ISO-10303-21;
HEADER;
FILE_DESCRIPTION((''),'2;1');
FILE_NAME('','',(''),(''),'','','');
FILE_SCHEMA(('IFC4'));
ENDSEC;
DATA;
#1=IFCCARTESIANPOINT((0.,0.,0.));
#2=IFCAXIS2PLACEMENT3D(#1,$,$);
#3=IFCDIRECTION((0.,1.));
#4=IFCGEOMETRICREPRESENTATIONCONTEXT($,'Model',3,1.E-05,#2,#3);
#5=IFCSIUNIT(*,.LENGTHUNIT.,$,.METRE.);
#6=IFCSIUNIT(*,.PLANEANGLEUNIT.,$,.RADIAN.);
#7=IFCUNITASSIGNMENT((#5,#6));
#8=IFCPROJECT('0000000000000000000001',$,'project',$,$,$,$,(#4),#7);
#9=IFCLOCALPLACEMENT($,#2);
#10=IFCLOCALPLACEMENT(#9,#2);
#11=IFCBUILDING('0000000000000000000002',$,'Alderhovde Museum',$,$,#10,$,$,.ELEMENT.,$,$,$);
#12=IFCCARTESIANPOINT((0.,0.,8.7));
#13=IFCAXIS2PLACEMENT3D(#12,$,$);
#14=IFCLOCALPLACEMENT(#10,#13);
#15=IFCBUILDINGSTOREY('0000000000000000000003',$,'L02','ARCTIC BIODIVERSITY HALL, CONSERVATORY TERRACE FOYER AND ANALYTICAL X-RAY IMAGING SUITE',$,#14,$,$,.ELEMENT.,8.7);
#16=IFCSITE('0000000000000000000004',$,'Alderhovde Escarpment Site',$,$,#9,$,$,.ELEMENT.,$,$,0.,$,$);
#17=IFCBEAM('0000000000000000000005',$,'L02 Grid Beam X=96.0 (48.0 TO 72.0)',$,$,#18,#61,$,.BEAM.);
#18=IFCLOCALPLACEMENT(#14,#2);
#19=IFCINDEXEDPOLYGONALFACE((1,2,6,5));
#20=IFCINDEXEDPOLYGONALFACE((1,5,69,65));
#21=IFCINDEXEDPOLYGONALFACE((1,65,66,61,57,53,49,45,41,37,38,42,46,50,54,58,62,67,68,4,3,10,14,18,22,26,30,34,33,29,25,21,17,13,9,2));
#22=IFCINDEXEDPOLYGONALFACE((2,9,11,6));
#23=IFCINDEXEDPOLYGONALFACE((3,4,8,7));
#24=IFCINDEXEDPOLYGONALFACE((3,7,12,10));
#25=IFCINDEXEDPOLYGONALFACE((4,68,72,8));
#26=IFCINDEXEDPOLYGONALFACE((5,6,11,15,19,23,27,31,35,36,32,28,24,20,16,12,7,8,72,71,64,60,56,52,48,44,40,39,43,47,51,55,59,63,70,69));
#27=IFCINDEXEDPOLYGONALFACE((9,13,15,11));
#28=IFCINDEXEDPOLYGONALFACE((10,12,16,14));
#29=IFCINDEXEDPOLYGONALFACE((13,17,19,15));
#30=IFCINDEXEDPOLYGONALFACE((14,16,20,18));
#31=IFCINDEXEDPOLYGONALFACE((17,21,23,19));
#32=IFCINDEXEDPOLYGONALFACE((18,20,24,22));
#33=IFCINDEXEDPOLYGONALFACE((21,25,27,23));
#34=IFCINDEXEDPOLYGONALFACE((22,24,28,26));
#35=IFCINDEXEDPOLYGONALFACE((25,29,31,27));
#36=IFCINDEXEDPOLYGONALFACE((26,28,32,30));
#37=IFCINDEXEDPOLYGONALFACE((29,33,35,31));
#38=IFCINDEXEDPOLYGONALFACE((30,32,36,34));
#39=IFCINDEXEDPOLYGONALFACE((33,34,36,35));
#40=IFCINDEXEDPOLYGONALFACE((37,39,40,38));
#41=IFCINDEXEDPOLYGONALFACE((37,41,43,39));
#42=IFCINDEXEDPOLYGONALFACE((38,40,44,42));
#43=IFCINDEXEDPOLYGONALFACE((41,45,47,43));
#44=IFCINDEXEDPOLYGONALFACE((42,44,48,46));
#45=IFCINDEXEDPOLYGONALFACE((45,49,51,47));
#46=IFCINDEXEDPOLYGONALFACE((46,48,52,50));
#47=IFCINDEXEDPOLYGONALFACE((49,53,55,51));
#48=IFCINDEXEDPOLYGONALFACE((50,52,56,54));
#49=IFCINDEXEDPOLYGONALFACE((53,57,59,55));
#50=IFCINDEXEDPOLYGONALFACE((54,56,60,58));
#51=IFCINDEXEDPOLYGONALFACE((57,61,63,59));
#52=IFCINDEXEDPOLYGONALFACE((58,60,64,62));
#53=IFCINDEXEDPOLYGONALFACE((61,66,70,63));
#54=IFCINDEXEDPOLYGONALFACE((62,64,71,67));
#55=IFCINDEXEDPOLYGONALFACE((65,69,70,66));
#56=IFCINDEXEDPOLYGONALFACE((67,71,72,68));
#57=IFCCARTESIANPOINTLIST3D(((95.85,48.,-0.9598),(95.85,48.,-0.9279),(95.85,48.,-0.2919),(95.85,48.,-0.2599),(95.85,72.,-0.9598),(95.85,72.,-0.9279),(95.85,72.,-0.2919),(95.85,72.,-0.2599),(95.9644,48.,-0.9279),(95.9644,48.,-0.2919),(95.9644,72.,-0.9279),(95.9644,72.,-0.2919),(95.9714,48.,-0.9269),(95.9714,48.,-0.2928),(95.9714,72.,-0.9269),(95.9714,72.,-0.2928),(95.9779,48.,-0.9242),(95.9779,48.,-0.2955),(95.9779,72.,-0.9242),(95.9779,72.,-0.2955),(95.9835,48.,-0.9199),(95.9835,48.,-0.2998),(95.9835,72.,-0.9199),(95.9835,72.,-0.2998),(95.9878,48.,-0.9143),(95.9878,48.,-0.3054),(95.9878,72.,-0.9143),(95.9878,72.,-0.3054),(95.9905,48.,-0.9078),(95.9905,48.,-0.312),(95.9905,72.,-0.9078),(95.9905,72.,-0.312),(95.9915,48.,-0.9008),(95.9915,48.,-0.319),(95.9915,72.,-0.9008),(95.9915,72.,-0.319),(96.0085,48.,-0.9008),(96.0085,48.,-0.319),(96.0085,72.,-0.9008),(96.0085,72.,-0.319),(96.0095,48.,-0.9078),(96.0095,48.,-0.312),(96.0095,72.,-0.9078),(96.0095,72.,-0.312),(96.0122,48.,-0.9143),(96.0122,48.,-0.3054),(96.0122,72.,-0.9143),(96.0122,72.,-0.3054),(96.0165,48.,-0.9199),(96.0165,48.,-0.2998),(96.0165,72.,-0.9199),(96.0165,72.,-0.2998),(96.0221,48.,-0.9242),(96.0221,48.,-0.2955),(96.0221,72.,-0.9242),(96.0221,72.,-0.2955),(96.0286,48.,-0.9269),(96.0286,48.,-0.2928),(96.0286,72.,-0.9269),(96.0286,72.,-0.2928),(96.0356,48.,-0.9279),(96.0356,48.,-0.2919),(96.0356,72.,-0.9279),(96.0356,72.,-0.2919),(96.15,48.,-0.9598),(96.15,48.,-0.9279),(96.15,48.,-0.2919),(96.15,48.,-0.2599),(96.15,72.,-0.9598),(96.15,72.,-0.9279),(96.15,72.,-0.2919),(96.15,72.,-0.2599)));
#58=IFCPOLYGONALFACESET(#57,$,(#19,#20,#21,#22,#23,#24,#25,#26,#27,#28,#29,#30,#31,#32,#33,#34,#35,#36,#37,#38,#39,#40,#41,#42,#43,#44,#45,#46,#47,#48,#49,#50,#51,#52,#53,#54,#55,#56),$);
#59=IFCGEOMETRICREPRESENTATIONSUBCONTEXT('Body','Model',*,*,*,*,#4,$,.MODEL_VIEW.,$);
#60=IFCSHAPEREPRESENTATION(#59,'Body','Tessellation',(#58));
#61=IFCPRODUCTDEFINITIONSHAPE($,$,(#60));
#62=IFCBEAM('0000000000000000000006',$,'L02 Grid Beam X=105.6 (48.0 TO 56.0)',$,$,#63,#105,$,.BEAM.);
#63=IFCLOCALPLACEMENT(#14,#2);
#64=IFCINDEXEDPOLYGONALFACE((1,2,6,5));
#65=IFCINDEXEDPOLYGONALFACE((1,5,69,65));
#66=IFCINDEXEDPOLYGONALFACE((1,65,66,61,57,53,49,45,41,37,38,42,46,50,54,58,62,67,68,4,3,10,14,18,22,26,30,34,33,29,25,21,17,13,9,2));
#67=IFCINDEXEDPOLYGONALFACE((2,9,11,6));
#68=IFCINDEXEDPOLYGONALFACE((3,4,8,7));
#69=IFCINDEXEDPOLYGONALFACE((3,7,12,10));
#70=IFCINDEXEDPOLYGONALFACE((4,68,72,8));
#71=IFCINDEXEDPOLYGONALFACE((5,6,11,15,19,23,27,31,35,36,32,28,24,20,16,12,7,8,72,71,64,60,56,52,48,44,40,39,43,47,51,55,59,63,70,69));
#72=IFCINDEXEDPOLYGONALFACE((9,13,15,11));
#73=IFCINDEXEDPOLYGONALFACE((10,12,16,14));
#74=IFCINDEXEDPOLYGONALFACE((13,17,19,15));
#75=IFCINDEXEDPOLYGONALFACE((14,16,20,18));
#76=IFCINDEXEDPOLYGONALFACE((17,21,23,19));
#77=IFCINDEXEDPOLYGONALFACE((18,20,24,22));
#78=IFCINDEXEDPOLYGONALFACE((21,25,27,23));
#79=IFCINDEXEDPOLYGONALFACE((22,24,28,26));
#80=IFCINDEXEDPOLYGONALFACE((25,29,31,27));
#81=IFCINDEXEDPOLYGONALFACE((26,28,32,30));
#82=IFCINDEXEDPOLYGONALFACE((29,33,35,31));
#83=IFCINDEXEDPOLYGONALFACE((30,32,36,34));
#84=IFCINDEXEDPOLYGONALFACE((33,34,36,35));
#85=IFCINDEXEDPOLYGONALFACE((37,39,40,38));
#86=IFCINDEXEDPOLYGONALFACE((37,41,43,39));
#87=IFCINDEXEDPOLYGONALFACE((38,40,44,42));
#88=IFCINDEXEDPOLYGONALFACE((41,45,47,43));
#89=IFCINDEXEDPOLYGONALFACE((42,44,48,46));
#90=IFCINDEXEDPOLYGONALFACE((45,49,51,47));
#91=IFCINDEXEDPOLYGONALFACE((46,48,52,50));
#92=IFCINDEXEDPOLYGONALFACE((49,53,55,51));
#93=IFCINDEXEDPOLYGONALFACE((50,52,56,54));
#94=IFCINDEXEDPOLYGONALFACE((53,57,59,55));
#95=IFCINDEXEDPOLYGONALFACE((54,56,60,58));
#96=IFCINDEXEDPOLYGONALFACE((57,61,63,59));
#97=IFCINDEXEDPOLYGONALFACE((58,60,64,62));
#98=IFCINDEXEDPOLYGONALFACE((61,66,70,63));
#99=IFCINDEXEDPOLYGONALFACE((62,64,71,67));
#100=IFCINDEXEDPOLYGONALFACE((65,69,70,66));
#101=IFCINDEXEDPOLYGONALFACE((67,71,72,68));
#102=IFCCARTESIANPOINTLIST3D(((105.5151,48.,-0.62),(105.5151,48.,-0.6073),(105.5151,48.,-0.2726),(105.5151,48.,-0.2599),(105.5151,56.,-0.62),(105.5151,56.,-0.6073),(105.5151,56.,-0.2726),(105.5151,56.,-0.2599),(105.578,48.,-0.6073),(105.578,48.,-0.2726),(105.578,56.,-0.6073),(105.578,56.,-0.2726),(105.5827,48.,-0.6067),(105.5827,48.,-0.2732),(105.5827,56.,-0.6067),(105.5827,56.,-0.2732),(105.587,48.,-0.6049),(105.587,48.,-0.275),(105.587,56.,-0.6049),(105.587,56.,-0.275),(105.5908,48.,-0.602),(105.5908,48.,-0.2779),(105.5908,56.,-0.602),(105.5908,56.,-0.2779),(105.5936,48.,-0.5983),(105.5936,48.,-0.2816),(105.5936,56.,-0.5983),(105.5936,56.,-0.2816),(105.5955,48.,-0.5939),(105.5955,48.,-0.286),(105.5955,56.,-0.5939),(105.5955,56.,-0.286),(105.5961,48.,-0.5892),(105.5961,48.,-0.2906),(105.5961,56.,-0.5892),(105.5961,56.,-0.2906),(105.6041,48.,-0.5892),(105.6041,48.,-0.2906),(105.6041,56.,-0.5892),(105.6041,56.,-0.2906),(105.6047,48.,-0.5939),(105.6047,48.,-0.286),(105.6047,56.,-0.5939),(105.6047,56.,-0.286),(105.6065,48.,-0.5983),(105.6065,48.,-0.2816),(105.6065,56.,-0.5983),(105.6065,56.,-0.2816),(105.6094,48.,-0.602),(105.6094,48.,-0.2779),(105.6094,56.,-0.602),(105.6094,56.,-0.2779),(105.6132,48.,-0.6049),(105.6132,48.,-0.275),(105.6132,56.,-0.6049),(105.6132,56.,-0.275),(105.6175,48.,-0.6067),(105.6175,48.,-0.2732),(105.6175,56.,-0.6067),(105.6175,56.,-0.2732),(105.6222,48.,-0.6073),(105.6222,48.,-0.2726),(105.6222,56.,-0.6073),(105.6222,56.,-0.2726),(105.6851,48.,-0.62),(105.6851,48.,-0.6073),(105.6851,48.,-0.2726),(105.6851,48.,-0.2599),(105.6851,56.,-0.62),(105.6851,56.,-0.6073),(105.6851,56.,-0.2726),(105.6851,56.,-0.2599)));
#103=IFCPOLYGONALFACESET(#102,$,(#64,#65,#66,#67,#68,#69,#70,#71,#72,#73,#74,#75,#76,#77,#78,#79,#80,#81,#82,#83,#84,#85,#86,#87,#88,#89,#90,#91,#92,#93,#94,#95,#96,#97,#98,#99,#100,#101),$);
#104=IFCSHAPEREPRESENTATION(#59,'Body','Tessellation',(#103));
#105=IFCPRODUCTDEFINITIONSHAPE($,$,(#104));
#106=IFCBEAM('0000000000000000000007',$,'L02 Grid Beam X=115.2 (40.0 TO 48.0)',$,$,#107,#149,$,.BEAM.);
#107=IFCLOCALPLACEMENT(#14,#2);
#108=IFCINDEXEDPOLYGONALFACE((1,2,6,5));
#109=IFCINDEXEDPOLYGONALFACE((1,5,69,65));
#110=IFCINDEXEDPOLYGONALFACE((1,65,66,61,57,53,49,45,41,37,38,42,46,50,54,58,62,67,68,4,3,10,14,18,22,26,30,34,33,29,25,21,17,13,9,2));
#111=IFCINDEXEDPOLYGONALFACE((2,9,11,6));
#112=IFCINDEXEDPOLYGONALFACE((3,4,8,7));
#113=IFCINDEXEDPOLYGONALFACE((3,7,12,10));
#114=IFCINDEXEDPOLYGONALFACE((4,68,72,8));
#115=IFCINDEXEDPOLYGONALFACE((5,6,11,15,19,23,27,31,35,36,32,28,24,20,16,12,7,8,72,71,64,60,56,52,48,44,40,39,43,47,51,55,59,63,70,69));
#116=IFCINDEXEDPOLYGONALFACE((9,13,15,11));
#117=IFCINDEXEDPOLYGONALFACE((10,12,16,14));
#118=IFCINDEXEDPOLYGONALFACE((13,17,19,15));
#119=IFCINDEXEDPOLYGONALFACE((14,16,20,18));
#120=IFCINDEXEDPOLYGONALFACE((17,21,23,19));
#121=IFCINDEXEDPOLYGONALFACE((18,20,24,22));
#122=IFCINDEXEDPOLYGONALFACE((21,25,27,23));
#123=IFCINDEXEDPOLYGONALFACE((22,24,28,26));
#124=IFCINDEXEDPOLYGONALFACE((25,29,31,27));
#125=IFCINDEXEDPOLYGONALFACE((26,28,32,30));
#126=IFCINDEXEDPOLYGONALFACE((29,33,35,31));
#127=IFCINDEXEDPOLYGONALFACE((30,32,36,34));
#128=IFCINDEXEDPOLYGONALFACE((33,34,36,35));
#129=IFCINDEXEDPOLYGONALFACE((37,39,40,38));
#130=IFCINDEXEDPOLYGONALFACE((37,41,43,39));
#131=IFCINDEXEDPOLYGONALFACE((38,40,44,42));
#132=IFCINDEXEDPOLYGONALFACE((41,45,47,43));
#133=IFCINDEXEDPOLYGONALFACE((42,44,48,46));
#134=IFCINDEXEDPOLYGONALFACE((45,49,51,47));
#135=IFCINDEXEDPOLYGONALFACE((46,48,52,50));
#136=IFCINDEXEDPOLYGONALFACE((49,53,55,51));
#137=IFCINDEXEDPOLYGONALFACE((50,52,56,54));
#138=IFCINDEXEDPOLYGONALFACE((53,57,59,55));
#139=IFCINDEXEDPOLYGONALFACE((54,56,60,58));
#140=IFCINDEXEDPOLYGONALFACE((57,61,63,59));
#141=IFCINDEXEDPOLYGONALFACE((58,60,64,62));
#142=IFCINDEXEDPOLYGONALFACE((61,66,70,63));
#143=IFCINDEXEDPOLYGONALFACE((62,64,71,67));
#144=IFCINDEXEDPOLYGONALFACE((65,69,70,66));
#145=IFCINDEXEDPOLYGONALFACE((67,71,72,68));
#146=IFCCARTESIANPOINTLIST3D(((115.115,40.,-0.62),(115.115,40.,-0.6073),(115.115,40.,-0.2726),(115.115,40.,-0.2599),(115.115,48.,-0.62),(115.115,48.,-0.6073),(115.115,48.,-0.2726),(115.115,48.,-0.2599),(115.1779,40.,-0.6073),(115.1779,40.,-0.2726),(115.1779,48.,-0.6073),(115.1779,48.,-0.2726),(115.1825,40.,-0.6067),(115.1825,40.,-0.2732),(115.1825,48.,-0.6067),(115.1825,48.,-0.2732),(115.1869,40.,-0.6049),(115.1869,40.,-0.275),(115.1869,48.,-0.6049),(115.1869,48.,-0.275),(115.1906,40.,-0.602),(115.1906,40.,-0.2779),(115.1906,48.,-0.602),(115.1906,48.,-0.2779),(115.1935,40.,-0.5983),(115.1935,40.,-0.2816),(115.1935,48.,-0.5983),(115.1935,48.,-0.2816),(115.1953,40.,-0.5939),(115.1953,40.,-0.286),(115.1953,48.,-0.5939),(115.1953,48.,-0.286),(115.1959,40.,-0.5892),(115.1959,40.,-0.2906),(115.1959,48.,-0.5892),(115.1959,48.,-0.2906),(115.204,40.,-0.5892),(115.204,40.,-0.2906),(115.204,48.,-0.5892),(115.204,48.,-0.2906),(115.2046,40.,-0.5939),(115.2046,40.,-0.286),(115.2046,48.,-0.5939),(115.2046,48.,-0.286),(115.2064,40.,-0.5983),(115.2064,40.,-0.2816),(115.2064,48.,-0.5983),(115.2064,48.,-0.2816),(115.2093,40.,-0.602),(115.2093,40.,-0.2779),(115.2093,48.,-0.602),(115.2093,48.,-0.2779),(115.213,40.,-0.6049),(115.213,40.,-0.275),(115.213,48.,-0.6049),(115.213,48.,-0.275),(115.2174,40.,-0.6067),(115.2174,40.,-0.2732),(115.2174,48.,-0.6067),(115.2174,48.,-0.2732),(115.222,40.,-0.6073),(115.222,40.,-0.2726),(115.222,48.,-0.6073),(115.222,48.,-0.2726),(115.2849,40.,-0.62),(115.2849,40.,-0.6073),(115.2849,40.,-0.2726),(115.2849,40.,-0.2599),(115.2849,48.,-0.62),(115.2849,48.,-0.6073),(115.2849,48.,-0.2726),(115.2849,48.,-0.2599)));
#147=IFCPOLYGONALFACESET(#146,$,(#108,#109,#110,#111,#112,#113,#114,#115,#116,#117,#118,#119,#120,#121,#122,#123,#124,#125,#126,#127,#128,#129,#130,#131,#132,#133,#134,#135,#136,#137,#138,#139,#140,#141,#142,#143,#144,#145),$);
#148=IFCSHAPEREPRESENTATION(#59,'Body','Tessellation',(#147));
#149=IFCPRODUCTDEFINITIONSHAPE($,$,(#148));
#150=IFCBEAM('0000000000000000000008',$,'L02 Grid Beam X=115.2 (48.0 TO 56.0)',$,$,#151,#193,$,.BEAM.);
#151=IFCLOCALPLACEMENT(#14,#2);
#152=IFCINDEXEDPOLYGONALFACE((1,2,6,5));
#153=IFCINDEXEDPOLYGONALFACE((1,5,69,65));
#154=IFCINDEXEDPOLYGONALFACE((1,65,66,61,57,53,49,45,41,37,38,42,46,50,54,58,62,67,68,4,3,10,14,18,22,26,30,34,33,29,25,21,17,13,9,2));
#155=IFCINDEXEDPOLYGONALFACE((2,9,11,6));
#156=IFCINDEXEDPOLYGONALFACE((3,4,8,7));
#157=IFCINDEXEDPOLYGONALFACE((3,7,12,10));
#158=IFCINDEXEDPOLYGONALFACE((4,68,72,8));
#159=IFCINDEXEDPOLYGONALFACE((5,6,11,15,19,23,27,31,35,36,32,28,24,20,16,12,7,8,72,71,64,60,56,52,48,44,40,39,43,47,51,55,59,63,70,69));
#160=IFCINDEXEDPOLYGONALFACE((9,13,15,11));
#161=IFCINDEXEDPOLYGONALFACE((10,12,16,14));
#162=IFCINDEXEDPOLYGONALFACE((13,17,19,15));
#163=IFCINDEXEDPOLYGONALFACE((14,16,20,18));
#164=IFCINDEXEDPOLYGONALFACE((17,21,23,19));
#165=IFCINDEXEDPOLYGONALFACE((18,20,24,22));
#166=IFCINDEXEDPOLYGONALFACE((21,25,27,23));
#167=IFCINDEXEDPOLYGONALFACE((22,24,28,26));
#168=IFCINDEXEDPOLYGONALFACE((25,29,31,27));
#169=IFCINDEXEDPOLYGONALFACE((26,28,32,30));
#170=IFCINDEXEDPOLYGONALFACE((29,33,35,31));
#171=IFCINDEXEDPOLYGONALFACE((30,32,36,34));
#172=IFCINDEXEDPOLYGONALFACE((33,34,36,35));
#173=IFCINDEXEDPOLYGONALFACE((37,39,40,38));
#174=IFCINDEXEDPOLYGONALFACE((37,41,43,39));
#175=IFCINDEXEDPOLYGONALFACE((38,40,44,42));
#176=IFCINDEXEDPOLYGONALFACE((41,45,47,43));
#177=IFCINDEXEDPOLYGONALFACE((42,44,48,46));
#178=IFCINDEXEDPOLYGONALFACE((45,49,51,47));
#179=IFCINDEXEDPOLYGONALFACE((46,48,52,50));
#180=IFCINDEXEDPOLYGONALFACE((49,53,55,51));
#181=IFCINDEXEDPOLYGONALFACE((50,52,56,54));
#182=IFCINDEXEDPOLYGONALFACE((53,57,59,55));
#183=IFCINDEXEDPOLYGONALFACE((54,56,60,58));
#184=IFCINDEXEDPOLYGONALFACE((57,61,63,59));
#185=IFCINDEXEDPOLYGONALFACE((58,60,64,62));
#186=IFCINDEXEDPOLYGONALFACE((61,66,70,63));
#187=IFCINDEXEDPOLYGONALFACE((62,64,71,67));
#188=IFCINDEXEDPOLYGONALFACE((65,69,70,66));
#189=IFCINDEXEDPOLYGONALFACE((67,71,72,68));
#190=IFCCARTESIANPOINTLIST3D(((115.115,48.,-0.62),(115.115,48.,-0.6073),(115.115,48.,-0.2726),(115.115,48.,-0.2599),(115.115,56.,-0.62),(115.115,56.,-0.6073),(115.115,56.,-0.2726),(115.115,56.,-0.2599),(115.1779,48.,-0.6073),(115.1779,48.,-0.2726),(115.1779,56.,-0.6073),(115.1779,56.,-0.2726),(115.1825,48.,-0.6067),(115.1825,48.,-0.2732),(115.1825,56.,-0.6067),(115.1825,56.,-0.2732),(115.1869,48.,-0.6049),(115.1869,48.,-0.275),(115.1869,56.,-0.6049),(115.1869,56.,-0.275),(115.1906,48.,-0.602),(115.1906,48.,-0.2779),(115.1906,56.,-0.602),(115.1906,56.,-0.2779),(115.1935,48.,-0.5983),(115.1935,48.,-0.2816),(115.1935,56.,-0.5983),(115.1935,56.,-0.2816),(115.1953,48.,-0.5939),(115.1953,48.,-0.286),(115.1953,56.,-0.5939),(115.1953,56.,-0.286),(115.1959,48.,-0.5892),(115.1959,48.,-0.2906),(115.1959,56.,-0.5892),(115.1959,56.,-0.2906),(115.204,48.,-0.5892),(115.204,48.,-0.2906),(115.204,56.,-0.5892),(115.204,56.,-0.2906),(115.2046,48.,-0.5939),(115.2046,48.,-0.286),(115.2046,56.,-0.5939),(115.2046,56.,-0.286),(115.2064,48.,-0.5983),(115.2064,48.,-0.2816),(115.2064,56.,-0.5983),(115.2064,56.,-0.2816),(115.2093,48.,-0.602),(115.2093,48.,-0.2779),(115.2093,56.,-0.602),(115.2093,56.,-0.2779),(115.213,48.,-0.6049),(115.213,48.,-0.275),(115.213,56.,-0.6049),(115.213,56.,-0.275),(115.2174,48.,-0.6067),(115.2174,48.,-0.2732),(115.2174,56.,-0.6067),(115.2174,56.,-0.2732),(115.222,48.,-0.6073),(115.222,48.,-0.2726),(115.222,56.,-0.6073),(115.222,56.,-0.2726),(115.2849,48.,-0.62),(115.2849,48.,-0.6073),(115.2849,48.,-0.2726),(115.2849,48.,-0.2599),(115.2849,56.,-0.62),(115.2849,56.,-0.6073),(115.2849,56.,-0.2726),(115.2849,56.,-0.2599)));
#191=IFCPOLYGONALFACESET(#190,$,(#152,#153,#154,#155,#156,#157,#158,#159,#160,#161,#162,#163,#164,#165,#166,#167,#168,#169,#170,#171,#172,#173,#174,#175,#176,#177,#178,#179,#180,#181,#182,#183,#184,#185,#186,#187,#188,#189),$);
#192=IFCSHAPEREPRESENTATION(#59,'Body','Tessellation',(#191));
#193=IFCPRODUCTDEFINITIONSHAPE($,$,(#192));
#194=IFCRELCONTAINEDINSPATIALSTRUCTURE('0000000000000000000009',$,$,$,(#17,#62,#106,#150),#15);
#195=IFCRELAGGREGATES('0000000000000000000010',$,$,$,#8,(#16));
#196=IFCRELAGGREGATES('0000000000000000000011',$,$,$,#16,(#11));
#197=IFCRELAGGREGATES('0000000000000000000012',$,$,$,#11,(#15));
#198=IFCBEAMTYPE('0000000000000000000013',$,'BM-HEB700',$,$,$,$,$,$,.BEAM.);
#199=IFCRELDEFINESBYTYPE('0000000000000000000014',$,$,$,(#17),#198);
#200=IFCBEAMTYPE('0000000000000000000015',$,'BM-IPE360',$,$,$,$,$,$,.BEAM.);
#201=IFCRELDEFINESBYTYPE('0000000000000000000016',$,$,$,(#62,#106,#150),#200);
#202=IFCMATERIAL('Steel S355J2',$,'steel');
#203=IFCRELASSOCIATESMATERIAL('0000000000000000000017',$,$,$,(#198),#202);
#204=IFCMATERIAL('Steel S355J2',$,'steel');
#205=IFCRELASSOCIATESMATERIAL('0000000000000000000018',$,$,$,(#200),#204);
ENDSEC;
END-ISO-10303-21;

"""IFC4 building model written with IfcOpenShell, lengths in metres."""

from ifc_helpers import new_model, si_unit, direction, frame, origin, origin_2d, place, context, subcontext, project, spatial, i_section, extrude, material, material_profile, profile_set, type_object, element, save


model = new_model("IFC4")

# Units and contexts
model_context = context("Model", 3, precision=1e-05, world=origin(), true_north=direction((0.0, 1.0)))
body_context = subcontext(model_context, "Body", "Model", "MODEL_VIEW")
ifc_project = project(units=[si_unit("LENGTHUNIT", "METRE"), si_unit("PLANEANGLEUNIT", "RADIAN")], contexts=[model_context])

# Site, building, storey
site_placement = place(None, origin())
site = spatial("IfcSite", under=ifc_project, at=site_placement, Name="Alderhovde Escarpment Site", CompositionType="ELEMENT", RefElevation=0.0)
building_placement = place(site_placement, origin())
building = spatial("IfcBuilding", under=site, at=building_placement, Name="Alderhovde Museum", CompositionType="ELEMENT")
storey_placement = place(building_placement, frame((0.0, 0.0, 8.7)))
storey = spatial("IfcBuildingStorey", under=building, at=storey_placement, Name="L02", Description="ARCTIC BIODIVERSITY HALL, CONSERVATORY TERRACE FOYER AND ANALYTICAL X-RAY IMAGING SUITE", CompositionType="ELEMENT", Elevation=8.7)

# Beams
ifc_material_1 = material(Name="Steel S355J2", Category="steel")
ifc_material_profile_1 = material_profile(ifc_material_1, i_section(OverallWidth=0.3, OverallDepth=0.7, WebThickness=0.0171, FlangeThickness=0.032, FilletRadius=0.0271, at=origin_2d()), Name="HEB 700")
ifc_profile_set_1 = profile_set([ifc_material_profile_1], Name="Steel S355J2")
beam_type_1 = type_object("IfcBeamType", Name="BM-HEB700", PredefinedType="BEAM", material=ifc_profile_set_1)
beam_1_placement = place(storey_placement, frame((96.0, 48.0, -0.6099), z_axis=(0.0, 1.0, 0.0), x_axis=(-1.0, 0.0, 0.0)))
element("IfcBeam", 1, at=beam_1_placement, inside=storey, type_object=beam_type_1, Name="L02 Grid Beam X=96.0 (48.0 TO 72.0)", PredefinedType="BEAM", context=body_context, shape_type="SweptSolid", body=[
    extrude(i_section(OverallWidth=0.3, OverallDepth=0.7, WebThickness=0.0171, FlangeThickness=0.032, FilletRadius=0.0271, at=origin_2d()), origin(), (0.0, 0.0, 1.0), 24.0),
])
ifc_material_2 = material(Name="Steel S355J2", Category="steel")
ifc_material_profile_2 = material_profile(ifc_material_2, i_section(OverallWidth=0.1699, OverallDepth=0.3601, WebThickness=0.0081, FlangeThickness=0.0127, FilletRadius=0.0181, at=origin_2d()), Name="IPE 360")
ifc_profile_set_2 = profile_set([ifc_material_profile_2], Name="Steel S355J2")
beam_type_2 = type_object("IfcBeamType", Name="BM-IPE360", PredefinedType="BEAM", material=ifc_profile_set_2)
for number, where, z_axis, x_axis, name in (
    (2, (105.6001, 48.0, -0.4399), (0.0, 1.0, 0.0), (-1.0, 0.0, 0.0), "L02 Grid Beam X=105.6 (48.0 TO 56.0)"),
    (3, (115.2, 40.0, -0.4399), (0.0, 1.0, 0.0), (-1.0, 0.0, 0.0), "L02 Grid Beam X=115.2 (40.0 TO 48.0)"),
    (4, (115.2, 48.0, -0.4399), (0.0, 1.0, 0.0), (-1.0, 0.0, 0.0), "L02 Grid Beam X=115.2 (48.0 TO 56.0)"),
):
    element("IfcBeam", number, at=place(storey_placement, frame(where, z_axis=z_axis, x_axis=x_axis)), inside=storey, type_object=beam_type_2, Name=name, PredefinedType="BEAM", context=body_context, shape_type="SweptSolid", body=[
        extrude(i_section(OverallWidth=0.1699, OverallDepth=0.3601, WebThickness=0.0081, FlangeThickness=0.0127, FilletRadius=0.0181, at=origin_2d()), origin(), (0.0, 0.0, 1.0), 8.0),
    ])

save(model, "model.ifc")
